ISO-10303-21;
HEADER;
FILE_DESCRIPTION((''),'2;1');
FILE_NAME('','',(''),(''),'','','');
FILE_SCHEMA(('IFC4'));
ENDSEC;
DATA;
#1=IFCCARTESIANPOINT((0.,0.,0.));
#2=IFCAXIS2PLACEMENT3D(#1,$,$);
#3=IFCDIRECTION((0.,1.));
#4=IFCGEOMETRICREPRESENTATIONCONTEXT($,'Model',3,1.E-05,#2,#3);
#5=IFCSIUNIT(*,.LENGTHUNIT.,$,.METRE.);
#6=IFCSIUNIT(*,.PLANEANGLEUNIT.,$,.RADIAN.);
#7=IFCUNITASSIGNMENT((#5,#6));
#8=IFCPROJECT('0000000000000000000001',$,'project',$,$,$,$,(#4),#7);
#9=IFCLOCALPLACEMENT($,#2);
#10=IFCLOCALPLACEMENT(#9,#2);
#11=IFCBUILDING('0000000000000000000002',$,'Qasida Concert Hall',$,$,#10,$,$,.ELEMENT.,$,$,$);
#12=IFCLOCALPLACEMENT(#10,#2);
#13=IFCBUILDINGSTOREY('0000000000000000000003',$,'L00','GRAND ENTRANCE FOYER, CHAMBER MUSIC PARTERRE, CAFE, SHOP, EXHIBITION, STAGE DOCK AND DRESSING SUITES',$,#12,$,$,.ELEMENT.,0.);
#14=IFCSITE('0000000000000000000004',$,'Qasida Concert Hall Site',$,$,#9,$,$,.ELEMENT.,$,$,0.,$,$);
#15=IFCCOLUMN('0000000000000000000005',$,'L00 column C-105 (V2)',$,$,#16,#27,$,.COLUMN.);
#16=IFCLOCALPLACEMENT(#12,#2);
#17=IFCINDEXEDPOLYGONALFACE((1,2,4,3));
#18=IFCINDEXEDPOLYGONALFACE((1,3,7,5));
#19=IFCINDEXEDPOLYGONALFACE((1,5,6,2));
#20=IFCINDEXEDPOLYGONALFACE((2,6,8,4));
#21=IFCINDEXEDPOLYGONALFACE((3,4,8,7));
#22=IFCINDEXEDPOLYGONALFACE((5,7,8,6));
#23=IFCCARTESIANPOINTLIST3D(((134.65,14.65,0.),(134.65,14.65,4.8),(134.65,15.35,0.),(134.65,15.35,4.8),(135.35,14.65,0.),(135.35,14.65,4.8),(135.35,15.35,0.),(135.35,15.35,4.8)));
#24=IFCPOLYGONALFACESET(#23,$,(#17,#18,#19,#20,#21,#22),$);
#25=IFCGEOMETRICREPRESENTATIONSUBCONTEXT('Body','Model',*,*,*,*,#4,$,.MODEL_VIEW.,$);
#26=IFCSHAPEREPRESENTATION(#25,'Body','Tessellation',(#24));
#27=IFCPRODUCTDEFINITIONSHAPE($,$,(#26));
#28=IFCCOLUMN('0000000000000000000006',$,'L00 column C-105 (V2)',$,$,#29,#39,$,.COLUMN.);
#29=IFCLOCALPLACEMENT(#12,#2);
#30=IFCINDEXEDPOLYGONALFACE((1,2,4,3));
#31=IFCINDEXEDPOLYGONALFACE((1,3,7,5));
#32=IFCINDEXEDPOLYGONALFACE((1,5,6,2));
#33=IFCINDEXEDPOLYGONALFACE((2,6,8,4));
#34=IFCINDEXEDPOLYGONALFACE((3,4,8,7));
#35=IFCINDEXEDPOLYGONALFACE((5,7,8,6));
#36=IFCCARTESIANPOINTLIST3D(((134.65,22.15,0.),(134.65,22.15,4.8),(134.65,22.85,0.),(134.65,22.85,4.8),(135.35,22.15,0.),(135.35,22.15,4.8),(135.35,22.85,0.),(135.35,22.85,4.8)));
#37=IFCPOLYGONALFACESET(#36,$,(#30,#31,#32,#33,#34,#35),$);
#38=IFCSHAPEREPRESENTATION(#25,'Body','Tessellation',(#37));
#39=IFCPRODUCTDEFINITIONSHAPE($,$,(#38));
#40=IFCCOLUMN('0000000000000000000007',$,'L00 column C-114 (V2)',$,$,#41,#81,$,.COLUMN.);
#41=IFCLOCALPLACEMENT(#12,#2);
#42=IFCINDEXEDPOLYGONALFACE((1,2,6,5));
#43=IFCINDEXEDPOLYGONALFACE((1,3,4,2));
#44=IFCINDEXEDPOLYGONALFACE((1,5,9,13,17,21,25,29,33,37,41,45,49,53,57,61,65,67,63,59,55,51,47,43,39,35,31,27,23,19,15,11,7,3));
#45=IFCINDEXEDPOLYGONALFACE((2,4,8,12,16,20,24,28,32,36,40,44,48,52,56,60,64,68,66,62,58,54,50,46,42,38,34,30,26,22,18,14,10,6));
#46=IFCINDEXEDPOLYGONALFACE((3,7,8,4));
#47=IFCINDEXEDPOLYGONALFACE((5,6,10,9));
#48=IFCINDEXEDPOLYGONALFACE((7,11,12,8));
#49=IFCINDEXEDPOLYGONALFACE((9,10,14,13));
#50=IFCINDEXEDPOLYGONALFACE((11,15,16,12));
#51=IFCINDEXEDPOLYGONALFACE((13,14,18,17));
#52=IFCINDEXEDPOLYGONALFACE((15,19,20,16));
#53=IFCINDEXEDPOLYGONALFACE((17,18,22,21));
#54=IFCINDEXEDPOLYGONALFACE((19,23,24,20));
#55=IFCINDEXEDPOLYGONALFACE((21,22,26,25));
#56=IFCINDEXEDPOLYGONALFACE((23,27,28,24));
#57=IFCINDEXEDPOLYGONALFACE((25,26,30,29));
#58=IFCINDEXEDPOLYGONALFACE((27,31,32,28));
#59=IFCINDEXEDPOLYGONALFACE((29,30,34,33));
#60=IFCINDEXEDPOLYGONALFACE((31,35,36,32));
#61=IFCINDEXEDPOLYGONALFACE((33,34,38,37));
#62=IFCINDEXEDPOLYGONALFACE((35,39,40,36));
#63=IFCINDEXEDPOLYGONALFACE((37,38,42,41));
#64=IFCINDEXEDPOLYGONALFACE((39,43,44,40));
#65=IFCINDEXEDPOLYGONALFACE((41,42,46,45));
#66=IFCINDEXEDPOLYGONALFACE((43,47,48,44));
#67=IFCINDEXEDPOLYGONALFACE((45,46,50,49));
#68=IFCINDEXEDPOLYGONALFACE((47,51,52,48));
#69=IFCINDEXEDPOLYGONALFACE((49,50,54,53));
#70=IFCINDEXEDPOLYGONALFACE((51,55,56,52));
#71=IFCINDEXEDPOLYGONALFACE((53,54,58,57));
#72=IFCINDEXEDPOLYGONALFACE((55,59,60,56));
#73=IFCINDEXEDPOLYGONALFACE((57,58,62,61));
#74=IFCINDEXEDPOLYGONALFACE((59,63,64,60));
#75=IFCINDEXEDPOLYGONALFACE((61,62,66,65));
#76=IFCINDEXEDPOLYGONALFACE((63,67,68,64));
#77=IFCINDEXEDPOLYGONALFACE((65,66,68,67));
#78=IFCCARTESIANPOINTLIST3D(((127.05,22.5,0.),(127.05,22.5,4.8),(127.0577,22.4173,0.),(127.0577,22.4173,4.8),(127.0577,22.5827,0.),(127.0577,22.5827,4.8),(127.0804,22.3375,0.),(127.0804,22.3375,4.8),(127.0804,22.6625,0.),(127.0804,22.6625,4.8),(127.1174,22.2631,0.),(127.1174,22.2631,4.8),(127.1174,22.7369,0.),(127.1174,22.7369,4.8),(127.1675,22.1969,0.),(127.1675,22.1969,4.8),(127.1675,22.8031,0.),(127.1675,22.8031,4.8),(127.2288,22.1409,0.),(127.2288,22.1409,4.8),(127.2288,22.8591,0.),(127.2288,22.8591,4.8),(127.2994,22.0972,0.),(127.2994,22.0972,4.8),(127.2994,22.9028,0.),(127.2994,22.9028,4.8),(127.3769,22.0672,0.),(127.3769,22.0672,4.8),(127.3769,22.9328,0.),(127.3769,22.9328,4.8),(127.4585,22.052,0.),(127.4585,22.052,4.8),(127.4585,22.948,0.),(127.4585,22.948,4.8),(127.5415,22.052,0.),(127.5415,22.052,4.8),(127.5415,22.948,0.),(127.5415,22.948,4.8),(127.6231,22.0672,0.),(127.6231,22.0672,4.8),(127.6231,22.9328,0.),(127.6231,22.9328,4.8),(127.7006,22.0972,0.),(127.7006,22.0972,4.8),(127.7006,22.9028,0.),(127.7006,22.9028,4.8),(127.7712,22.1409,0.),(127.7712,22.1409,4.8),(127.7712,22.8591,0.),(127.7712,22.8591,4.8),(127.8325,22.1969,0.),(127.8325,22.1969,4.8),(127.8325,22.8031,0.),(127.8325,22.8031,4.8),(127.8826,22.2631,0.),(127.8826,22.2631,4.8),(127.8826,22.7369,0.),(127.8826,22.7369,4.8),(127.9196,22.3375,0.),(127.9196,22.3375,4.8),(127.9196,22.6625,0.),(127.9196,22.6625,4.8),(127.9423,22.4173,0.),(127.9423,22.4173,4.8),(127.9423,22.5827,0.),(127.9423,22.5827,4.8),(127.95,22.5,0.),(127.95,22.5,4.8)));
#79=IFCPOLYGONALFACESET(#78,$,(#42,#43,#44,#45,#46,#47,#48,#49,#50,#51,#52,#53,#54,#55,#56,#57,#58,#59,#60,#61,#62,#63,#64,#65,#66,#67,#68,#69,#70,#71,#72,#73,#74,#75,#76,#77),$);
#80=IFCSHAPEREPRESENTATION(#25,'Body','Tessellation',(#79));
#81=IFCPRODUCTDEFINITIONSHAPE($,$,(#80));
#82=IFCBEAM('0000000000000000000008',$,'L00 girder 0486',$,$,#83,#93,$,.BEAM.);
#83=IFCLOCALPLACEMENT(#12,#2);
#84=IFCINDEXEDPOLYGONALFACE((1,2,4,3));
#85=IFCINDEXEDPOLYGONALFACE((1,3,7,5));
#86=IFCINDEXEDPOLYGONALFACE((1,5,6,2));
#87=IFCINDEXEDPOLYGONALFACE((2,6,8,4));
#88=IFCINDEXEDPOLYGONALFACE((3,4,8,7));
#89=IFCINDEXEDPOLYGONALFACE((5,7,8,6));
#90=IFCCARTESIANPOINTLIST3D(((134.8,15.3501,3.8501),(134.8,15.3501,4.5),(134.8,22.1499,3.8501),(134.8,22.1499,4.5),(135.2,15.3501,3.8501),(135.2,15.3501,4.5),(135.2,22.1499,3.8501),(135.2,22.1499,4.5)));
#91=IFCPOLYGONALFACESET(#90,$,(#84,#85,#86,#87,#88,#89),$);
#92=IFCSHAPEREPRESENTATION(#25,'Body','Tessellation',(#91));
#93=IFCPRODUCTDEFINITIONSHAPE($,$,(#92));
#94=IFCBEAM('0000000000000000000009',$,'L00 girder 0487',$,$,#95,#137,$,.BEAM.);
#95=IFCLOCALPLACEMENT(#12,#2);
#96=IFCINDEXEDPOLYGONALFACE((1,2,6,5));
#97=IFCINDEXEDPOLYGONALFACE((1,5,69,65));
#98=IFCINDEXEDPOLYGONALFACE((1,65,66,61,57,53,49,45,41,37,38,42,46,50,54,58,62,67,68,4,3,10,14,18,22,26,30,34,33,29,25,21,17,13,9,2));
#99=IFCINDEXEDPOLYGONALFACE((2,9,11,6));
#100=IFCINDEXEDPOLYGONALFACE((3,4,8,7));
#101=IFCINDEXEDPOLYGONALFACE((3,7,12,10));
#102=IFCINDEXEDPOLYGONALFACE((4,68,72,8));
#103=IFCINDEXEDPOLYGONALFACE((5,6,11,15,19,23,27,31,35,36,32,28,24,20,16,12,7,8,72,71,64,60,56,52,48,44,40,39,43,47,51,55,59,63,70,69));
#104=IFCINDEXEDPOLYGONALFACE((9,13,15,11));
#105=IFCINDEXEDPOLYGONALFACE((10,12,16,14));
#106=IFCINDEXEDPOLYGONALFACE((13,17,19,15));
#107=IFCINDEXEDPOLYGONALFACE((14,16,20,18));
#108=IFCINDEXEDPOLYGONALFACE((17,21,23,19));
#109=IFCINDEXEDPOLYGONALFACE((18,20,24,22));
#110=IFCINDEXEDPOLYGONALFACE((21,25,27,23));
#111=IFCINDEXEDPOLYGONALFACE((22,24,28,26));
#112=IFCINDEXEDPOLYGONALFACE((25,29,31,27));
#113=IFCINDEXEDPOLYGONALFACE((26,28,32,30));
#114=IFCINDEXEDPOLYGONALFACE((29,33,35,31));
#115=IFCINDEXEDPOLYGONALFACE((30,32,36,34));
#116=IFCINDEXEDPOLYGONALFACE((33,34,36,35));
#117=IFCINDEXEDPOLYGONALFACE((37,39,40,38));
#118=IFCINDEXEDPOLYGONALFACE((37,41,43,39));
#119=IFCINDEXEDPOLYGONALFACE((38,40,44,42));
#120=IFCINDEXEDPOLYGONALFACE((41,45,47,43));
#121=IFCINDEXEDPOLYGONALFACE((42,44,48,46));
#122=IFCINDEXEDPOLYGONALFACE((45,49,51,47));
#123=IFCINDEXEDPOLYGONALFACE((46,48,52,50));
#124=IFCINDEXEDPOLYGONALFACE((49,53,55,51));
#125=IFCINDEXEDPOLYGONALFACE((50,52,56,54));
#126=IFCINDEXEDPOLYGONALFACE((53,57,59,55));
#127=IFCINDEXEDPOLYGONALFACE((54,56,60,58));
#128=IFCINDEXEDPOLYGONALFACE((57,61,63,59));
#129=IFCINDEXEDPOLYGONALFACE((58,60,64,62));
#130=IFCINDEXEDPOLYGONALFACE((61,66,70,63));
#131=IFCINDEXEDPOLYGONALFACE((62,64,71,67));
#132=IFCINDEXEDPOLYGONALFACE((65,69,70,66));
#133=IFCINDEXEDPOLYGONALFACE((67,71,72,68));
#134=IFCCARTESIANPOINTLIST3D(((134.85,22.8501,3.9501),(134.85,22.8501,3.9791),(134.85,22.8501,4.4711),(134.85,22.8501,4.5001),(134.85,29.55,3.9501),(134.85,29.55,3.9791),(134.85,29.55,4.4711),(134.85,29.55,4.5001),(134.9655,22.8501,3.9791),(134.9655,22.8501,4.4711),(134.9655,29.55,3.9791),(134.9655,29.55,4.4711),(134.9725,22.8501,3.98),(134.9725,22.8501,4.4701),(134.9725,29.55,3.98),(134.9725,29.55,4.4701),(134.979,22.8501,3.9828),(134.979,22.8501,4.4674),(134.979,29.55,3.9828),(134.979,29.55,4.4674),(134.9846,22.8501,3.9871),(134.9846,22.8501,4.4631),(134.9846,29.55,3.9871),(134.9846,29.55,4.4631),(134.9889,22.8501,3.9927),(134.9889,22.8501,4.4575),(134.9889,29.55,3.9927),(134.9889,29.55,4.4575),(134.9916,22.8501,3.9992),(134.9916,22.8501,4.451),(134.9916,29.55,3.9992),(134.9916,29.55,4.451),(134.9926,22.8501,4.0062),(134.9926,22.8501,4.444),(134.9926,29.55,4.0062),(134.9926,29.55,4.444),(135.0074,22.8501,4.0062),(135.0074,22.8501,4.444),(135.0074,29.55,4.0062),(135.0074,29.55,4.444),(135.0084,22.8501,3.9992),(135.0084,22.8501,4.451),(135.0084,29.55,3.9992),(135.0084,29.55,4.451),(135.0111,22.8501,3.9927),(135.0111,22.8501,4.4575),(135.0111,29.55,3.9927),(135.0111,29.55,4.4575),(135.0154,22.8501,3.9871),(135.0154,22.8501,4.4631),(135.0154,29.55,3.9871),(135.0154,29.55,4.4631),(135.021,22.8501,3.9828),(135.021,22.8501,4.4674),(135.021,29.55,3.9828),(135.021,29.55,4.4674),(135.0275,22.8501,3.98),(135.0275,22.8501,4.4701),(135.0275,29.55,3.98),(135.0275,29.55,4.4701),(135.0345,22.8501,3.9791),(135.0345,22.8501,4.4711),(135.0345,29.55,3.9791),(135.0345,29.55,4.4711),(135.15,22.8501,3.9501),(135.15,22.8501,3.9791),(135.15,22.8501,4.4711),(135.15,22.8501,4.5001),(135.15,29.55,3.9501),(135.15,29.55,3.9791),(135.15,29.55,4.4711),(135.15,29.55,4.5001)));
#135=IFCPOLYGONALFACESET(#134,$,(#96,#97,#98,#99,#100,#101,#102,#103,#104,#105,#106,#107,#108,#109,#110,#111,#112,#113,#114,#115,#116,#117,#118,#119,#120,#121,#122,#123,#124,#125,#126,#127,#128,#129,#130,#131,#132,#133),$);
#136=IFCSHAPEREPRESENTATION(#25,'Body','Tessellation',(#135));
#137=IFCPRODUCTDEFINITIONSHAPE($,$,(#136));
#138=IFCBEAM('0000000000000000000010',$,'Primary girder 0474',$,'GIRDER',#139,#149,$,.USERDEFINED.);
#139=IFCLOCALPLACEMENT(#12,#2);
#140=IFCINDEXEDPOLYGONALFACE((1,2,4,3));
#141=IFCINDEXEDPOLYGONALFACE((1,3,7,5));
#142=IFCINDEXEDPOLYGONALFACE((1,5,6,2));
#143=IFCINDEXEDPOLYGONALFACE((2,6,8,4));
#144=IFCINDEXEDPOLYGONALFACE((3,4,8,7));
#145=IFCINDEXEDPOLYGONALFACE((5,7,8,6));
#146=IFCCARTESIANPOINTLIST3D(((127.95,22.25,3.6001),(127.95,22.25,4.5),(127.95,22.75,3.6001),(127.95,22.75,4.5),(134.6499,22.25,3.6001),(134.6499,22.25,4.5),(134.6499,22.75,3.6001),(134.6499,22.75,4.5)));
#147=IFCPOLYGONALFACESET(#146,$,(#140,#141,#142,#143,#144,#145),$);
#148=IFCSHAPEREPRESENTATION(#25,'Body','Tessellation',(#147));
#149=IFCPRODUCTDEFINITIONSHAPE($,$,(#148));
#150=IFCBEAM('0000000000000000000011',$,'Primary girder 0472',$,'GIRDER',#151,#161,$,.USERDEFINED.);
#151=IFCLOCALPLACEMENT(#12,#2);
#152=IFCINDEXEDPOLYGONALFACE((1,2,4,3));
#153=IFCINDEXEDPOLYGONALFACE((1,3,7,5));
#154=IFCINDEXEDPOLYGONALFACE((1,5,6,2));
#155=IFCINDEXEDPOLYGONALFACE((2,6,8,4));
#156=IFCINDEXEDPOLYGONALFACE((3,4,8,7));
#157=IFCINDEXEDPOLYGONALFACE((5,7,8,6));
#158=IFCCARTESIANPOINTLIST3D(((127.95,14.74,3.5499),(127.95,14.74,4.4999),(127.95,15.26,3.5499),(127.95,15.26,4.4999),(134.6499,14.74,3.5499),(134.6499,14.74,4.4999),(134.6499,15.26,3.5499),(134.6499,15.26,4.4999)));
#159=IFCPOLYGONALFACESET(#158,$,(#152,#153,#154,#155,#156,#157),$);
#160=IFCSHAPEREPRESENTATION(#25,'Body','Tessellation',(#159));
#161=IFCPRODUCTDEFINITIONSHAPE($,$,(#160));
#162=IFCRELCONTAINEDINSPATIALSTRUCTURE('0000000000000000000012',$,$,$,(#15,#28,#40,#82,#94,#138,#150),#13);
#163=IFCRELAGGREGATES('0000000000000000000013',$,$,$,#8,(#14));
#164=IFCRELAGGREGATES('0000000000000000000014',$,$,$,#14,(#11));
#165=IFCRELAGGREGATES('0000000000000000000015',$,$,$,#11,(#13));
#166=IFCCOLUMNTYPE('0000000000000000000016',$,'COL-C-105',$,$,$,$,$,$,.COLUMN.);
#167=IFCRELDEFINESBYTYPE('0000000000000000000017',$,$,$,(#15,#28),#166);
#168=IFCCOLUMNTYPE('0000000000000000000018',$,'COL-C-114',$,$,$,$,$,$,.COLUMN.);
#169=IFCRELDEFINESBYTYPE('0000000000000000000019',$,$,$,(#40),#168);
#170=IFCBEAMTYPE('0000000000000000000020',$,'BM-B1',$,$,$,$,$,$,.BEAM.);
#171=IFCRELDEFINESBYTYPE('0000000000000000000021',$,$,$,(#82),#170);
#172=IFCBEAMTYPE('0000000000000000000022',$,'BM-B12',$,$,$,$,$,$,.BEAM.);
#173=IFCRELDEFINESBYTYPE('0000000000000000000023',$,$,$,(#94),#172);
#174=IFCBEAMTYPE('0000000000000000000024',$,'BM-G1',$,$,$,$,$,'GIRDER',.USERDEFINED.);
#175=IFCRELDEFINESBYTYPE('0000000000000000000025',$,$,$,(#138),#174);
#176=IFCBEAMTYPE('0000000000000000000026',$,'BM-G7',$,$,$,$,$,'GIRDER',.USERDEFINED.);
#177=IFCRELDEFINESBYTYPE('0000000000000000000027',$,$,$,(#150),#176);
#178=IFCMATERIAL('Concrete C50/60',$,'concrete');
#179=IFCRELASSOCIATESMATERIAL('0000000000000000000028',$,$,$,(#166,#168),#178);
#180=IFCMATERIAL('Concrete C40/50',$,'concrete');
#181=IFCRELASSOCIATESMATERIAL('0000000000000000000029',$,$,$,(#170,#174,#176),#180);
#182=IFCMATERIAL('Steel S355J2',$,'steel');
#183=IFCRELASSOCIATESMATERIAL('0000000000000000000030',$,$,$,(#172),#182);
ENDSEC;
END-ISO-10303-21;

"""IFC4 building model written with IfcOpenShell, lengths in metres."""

from ifc_helpers import new_model, si_unit, direction, frame, origin, origin_2d, place, context, subcontext, project, spatial, rectangle, circle, i_section, extrude, material, material_profile, profile_set, type_object, element, save


model = new_model("IFC4")

# Units and contexts
model_context = context("Model", 3, precision=1e-05, world=origin(), true_north=direction((0.0, 1.0)))
body_context = subcontext(model_context, "Body", "Model", "MODEL_VIEW")
ifc_project = project(units=[si_unit("LENGTHUNIT", "METRE"), si_unit("PLANEANGLEUNIT", "RADIAN")], contexts=[model_context])

# Site, building, storey
site_placement = place(None, origin())
site = spatial("IfcSite", under=ifc_project, at=site_placement, Name="Qasida Concert Hall Site", CompositionType="ELEMENT", RefElevation=0.0)
building_placement = place(site_placement, origin())
building = spatial("IfcBuilding", under=site, at=building_placement, Name="Qasida Concert Hall", CompositionType="ELEMENT")
storey_placement = place(building_placement, origin())
storey = spatial("IfcBuildingStorey", under=building, at=storey_placement, Name="L00", Description="GRAND ENTRANCE FOYER, CHAMBER MUSIC PARTERRE, CAFE, SHOP, EXHIBITION, STAGE DOCK AND DRESSING SUITES", CompositionType="ELEMENT", Elevation=0.0)

# Columns
ifc_material_1 = material(Name="Concrete C50/60", Category="concrete")
ifc_material_profile_1 = material_profile(ifc_material_1, rectangle(XDim=0.7, YDim=0.7, at=origin_2d()), Name="RC 700x700")
ifc_profile_set_1 = profile_set([ifc_material_profile_1], Name="Concrete C50/60")
column_type_1 = type_object("IfcColumnType", Name="COL-C-105", PredefinedType="COLUMN", material=ifc_profile_set_1)
for number, where, z_axis, x_axis, name in (
    (1, (135.0, 15.0, 0.0), (0.0, 0.0, 1.0), (1.0, 0.0, 0.0), "L00 column C-105 (V2)"),
    (2, (135.0, 22.5, 0.0), (0.0, 0.0, 1.0), (1.0, 0.0, 0.0), "L00 column C-105 (V2)"),
):
    element("IfcColumn", number, at=place(storey_placement, frame(where, z_axis=z_axis, x_axis=x_axis)), inside=storey, type_object=column_type_1, Name=name, PredefinedType="COLUMN", context=body_context, shape_type="SweptSolid", body=[
        extrude(rectangle(XDim=0.7, YDim=0.7, at=origin_2d()), origin(), (0.0, 0.0, 1.0), 4.8),
    ])
ifc_material_profile_2 = material_profile(ifc_material_1, circle(Radius=0.45, at=origin_2d()), Name="RC COL D900")
ifc_profile_set_2 = profile_set([ifc_material_profile_2], Name="Concrete C50/60")
column_type_2 = type_object("IfcColumnType", Name="COL-C-114", PredefinedType="COLUMN", material=ifc_profile_set_2)
column_placement = place(storey_placement, frame((127.5, 22.5, 0.0), z_axis=(0.0, 0.0, 1.0), x_axis=(1.0, 0.0, 0.0)))
element("IfcColumn", 3, at=column_placement, inside=storey, type_object=column_type_2, Name="L00 column C-114 (V2)", PredefinedType="COLUMN", context=body_context, shape_type="SweptSolid", body=[
    extrude(circle(Radius=0.45, at=origin_2d()), origin(), (0.0, 0.0, 1.0), 4.8),
])

# Beams
ifc_material_2 = material(Name="Concrete C40/50", Category="concrete")
ifc_material_profile_3 = material_profile(ifc_material_2, rectangle(XDim=0.3999, YDim=0.6499, at=origin_2d()), Name="RC 400x650")
ifc_profile_set_3 = profile_set([ifc_material_profile_3], Name="Concrete C40/50")
beam_type_1 = type_object("IfcBeamType", Name="BM-B1", PredefinedType="BEAM", material=ifc_profile_set_3)
beam_1_placement = place(storey_placement, frame((135.0, 15.3501, 4.175), z_axis=(0.0, 1.0, 0.0), x_axis=(-1.0, 0.0, 0.0)))
element("IfcBeam", 4, at=beam_1_placement, inside=storey, type_object=beam_type_1, Name="L00 girder 0486", PredefinedType="BEAM", context=body_context, shape_type="SweptSolid", body=[
    extrude(rectangle(XDim=0.3999, YDim=0.6499, at=origin_2d()), origin(), (0.0, 0.0, 1.0), 6.7998),
])
ifc_material_3 = material(Name="Steel S355J2", Category="steel")
ifc_material_profile_4 = material_profile(ifc_material_3, i_section(OverallWidth=0.3, OverallDepth=0.55, WebThickness=0.0149, FlangeThickness=0.0291, FilletRadius=0.0271, at=origin_2d()), Name="HEB 550")
ifc_profile_set_4 = profile_set([ifc_material_profile_4], Name="Steel S355J2")
beam_type_2 = type_object("IfcBeamType", Name="BM-B12", PredefinedType="BEAM", material=ifc_profile_set_4)
beam_2_placement = place(storey_placement, frame((135.0, 22.8501, 4.2251), z_axis=(0.0, 1.0, 0.0), x_axis=(-1.0, 0.0, 0.0)))
element("IfcBeam", 5, at=beam_2_placement, inside=storey, type_object=beam_type_2, Name="L00 girder 0487", PredefinedType="BEAM", context=body_context, shape_type="SweptSolid", body=[
    extrude(i_section(OverallWidth=0.3, OverallDepth=0.55, WebThickness=0.0149, FlangeThickness=0.0291, FilletRadius=0.0271, at=origin_2d()), origin(), (0.0, 0.0, 1.0), 6.7),
])
ifc_material_profile_5 = material_profile(ifc_material_2, rectangle(XDim=0.5, YDim=0.8999, at=origin_2d()), Name="RC 500x900")
ifc_profile_set_5 = profile_set([ifc_material_profile_5], Name="Concrete C40/50")
beam_type_3 = type_object("IfcBeamType", Name="BM-G1", ElementType="GIRDER", PredefinedType="USERDEFINED", material=ifc_profile_set_5)
beam_3_placement = place(storey_placement, frame((127.95, 22.5, 4.05), z_axis=(1.0, 0.0, 0.0), x_axis=(0.0, 1.0, 0.0)))
element("IfcBeam", 6, at=beam_3_placement, inside=storey, type_object=beam_type_3, Name="Primary girder 0474", ObjectType="GIRDER", PredefinedType="USERDEFINED", context=body_context, shape_type="SweptSolid", body=[
    extrude(rectangle(XDim=0.5, YDim=0.8999, at=origin_2d()), origin(), (0.0, 0.0, 1.0), 6.7),
])
ifc_material_profile_6 = material_profile(ifc_material_2, rectangle(XDim=0.52, YDim=0.95, at=origin_2d()), Name="RC 520x950")
ifc_profile_set_6 = profile_set([ifc_material_profile_6], Name="Concrete C40/50")
beam_type_4 = type_object("IfcBeamType", Name="BM-G7", ElementType="GIRDER", PredefinedType="USERDEFINED", material=ifc_profile_set_6)
beam_4_placement = place(storey_placement, frame((127.95, 15.0, 4.0249), z_axis=(1.0, 0.0, 0.0), x_axis=(0.0, 1.0, 0.0)))
element("IfcBeam", 7, at=beam_4_placement, inside=storey, type_object=beam_type_4, Name="Primary girder 0472", ObjectType="GIRDER", PredefinedType="USERDEFINED", context=body_context, shape_type="SweptSolid", body=[
    extrude(rectangle(XDim=0.52, YDim=0.95, at=origin_2d()), origin(), (0.0, 0.0, 1.0), 6.7),
])

save(model, "model.ifc")
